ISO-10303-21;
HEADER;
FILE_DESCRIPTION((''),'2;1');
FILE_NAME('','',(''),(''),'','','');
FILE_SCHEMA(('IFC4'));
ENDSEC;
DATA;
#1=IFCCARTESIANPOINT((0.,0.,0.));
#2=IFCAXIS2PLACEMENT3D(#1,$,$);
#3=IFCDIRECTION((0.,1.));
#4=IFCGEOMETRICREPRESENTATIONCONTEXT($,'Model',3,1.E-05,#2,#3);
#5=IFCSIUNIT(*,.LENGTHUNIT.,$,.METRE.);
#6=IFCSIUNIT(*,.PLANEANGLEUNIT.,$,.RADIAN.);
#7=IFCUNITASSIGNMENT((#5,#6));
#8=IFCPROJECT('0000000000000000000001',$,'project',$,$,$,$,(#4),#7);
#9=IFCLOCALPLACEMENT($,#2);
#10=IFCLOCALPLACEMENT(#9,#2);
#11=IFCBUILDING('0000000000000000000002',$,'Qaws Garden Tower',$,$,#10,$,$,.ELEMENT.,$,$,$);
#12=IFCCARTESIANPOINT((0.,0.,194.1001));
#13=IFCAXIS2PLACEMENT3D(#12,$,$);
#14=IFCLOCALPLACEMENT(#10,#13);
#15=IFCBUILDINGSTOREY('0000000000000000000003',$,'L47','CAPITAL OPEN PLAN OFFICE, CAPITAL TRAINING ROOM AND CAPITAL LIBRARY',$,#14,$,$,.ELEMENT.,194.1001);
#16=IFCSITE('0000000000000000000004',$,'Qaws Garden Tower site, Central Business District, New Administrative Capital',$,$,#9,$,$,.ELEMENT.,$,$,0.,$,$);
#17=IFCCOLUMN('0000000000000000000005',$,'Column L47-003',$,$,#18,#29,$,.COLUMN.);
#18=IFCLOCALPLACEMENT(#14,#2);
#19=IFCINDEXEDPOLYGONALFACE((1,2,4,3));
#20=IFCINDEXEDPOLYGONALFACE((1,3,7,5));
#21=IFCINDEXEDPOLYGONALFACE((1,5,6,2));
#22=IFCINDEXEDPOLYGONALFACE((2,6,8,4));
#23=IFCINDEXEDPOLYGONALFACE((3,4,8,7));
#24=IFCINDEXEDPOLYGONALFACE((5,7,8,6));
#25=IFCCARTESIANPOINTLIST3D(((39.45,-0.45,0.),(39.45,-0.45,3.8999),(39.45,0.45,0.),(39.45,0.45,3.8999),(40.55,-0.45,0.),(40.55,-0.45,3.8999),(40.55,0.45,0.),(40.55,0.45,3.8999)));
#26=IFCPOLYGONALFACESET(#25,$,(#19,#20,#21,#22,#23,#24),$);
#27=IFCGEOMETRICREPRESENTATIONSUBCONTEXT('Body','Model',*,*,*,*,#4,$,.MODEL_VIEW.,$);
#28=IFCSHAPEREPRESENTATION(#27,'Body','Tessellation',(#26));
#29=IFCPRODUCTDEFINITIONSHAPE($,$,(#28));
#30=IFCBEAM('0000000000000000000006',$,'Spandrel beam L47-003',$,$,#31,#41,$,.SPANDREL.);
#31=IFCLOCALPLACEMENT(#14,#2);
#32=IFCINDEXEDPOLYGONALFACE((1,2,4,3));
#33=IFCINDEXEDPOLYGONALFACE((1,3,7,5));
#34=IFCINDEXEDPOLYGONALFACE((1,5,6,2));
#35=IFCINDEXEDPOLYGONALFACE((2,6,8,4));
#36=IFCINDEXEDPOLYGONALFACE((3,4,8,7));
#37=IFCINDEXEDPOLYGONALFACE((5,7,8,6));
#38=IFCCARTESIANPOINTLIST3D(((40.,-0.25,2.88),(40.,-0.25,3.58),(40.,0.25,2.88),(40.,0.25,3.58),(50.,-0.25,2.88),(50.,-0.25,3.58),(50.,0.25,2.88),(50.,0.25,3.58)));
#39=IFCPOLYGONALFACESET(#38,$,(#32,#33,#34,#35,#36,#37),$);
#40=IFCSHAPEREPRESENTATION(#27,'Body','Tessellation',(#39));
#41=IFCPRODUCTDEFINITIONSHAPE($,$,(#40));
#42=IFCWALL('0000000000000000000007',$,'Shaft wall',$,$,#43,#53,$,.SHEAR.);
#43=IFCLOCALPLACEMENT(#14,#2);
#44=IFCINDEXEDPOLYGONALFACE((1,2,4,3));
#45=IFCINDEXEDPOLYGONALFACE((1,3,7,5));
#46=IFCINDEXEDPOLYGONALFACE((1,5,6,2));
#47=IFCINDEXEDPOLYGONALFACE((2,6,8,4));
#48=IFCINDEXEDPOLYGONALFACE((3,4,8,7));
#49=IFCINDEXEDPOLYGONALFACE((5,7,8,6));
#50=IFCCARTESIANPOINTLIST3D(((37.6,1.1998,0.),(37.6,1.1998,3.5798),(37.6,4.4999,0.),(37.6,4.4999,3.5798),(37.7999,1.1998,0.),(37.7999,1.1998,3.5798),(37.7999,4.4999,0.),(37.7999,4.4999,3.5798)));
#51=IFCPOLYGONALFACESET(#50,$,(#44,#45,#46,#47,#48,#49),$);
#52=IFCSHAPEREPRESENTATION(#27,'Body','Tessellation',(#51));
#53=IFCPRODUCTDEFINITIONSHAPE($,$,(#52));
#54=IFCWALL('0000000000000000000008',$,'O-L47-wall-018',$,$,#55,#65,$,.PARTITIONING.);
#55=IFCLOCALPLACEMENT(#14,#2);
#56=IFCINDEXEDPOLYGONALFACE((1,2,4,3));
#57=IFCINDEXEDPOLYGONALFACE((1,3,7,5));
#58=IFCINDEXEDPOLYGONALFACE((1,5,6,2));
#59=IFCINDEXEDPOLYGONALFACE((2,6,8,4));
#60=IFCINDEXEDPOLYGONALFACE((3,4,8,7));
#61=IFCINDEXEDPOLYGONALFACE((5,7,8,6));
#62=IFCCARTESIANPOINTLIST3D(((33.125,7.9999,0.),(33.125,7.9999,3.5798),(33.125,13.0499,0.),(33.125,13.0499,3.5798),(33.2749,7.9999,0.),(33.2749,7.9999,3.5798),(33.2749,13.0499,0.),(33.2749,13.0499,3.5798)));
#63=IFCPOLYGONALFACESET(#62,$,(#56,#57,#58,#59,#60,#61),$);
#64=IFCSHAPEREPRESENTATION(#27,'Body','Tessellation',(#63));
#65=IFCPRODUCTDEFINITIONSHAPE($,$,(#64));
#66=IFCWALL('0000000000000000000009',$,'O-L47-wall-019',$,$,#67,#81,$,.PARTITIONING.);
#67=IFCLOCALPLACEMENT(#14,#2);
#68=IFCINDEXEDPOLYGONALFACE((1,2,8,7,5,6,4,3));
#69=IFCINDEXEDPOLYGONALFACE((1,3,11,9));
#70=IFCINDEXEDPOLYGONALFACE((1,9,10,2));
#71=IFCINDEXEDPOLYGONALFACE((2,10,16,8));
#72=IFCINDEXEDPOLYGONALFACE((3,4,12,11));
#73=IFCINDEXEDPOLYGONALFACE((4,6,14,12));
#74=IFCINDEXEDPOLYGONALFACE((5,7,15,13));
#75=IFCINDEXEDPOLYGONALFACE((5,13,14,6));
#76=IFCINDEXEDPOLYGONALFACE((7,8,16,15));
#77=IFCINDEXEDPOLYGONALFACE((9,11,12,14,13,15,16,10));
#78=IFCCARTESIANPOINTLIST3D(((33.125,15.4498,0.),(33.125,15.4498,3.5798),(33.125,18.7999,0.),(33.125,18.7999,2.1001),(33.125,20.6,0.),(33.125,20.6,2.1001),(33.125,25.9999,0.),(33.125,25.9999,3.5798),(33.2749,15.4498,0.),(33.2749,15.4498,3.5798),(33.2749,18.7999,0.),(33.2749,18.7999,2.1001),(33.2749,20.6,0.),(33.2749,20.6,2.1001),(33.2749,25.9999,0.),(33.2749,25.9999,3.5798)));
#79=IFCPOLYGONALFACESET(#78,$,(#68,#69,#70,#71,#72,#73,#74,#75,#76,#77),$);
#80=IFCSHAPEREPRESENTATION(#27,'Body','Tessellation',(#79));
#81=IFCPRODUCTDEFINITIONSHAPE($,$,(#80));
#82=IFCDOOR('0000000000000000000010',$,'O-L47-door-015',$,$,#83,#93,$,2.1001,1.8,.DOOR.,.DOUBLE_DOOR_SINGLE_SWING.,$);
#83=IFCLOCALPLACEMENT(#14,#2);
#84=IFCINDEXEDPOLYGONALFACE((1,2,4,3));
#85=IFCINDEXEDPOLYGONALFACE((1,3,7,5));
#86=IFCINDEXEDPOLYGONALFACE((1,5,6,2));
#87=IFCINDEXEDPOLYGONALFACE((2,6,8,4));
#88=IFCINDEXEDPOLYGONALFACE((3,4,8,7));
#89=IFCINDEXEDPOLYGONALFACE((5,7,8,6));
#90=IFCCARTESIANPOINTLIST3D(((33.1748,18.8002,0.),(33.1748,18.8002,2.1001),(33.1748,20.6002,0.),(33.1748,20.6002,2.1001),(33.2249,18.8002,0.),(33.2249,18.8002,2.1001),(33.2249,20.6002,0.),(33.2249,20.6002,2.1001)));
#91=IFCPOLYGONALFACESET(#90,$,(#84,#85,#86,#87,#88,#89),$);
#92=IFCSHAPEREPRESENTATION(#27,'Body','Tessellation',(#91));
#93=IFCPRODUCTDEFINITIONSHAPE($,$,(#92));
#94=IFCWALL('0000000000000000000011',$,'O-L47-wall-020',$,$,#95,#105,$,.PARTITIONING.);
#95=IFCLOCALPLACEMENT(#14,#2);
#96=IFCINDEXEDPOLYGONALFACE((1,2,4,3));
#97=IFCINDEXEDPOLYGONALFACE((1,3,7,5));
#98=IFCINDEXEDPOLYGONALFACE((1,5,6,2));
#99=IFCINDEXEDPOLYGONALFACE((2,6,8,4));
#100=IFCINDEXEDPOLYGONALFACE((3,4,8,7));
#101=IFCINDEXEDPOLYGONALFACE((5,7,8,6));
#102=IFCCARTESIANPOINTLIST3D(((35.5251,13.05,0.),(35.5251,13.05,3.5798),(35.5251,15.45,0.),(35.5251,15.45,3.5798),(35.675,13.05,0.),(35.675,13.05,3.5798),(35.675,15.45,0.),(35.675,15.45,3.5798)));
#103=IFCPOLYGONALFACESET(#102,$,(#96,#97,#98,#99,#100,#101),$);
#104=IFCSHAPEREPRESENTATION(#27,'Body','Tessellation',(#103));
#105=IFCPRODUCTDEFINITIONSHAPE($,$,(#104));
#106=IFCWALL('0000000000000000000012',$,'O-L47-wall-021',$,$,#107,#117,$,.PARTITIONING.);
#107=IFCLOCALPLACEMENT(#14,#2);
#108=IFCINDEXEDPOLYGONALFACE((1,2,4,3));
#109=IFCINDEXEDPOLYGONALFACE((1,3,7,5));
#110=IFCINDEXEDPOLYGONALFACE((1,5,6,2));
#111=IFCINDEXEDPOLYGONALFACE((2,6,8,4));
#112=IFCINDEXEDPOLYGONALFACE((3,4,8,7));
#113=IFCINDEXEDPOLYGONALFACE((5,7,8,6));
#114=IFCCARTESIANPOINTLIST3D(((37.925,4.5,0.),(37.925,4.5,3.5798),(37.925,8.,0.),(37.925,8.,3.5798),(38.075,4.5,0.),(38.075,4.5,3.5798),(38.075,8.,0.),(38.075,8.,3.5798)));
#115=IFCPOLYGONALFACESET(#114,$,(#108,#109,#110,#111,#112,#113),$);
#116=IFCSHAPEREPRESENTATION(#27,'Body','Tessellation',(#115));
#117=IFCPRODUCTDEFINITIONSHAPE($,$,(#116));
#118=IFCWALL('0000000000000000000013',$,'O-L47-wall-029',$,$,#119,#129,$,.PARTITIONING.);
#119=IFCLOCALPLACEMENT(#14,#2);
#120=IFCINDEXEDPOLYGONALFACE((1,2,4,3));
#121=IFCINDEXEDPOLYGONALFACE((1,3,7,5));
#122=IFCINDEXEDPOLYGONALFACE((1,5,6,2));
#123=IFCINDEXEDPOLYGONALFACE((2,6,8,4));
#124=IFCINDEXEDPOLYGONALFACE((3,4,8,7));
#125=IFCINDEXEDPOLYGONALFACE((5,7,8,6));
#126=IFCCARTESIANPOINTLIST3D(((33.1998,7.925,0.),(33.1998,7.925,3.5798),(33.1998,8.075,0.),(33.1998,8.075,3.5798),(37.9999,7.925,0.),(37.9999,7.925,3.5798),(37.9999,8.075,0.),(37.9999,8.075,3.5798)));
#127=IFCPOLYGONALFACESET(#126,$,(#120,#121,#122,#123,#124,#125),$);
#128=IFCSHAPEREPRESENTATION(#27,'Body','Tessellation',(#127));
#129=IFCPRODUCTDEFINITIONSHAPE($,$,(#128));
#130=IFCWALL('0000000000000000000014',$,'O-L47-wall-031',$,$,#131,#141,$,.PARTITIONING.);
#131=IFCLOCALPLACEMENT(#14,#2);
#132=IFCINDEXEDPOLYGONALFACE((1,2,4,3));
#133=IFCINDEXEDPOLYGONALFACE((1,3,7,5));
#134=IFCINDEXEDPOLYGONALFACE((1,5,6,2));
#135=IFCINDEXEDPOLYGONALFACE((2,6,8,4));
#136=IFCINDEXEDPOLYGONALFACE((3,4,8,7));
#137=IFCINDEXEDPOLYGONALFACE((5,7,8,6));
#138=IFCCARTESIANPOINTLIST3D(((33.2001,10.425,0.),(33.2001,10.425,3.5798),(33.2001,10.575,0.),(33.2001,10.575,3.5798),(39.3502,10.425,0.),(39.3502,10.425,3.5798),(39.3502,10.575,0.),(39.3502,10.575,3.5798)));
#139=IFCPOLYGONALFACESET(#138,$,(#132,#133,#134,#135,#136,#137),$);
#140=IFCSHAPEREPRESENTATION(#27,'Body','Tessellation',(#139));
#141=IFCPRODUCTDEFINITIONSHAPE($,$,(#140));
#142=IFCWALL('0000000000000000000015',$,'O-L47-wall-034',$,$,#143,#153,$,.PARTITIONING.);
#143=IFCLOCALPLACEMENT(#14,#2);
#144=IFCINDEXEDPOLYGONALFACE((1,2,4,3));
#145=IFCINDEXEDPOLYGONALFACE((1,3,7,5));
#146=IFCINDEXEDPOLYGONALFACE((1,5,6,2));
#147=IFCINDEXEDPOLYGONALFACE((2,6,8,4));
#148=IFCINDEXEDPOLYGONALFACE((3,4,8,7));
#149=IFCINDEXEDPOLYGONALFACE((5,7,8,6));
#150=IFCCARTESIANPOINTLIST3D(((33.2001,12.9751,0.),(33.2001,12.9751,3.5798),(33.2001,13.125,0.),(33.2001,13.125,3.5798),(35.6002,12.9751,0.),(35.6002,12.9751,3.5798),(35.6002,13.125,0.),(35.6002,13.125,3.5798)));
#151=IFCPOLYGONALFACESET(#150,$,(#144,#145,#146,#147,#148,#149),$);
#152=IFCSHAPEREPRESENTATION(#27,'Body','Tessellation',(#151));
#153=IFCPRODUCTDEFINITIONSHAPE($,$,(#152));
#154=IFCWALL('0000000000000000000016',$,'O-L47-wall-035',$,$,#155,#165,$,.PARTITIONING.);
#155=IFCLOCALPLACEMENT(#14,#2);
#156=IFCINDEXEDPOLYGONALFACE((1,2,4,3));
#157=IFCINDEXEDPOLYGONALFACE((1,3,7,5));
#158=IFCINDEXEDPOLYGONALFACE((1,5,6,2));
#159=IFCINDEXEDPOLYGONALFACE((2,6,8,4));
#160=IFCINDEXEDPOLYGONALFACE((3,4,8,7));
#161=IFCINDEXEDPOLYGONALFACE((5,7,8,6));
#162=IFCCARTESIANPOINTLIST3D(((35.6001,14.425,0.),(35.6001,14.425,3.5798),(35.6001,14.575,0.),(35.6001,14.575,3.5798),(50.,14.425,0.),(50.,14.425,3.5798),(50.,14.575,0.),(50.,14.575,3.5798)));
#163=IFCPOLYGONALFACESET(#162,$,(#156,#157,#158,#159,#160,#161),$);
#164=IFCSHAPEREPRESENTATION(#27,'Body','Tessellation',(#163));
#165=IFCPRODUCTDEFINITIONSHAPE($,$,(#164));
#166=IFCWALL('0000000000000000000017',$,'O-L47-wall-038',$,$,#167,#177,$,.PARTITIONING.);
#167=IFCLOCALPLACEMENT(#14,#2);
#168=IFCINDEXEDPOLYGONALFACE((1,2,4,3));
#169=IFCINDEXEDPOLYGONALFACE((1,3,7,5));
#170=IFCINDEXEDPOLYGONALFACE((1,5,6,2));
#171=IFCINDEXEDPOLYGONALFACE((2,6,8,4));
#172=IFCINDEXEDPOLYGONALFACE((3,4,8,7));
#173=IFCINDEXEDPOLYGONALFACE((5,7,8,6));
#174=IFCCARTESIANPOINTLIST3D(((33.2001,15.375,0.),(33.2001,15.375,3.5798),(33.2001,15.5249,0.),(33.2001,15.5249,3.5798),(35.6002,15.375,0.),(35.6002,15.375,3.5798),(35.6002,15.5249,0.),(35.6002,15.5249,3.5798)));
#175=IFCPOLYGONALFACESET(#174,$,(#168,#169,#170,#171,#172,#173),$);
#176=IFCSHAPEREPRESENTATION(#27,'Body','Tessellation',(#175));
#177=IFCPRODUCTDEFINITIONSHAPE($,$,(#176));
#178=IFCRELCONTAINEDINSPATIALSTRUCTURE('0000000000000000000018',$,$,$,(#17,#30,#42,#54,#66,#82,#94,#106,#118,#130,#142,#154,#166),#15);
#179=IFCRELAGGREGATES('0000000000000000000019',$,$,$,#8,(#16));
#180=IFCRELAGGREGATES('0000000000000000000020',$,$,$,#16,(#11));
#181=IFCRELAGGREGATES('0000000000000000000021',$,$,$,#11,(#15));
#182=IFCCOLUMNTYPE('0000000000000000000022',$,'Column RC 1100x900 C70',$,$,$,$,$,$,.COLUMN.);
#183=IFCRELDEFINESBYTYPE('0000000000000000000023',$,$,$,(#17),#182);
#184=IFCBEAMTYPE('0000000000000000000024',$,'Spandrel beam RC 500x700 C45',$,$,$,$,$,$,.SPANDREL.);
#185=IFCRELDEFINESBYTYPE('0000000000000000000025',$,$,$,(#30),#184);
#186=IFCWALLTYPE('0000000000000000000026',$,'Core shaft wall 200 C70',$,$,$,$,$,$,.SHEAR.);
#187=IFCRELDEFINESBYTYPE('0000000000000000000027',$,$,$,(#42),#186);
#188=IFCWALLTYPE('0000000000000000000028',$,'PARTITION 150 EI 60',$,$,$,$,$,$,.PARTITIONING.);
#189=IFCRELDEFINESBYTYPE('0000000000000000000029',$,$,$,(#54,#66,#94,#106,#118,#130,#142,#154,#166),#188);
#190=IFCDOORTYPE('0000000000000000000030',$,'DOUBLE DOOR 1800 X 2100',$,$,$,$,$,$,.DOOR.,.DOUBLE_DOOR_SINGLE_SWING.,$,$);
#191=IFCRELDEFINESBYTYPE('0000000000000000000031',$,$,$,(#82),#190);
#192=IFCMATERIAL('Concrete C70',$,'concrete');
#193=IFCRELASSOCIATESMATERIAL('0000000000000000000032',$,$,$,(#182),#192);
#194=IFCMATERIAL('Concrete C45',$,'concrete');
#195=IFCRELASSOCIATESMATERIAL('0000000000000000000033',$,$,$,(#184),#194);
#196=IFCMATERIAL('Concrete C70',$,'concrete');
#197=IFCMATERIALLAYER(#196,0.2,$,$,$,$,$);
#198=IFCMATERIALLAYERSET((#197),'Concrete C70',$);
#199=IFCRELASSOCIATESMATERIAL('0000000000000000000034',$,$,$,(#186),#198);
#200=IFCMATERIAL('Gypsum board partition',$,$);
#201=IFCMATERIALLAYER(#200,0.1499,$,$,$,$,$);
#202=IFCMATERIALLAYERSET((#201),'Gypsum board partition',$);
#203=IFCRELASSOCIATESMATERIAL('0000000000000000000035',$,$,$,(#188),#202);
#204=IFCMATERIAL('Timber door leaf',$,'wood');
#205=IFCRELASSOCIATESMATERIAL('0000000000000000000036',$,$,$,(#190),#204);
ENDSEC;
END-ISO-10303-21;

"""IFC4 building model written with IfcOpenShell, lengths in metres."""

from ifc_helpers import new_model, si_unit, direction, frame, frame_2d, origin, origin_2d, place, context, subcontext, project, spatial, rectangle, extrude, material, layer, layer_set, material_profile, profile_set, type_object, element, fill, save


model = new_model("IFC4")

# Units and contexts
model_context = context("Model", 3, precision=1e-05, world=origin(), true_north=direction((0.0, 1.0)))
body_context = subcontext(model_context, "Body", "Model", "MODEL_VIEW")
ifc_project = project(units=[si_unit("LENGTHUNIT", "METRE"), si_unit("PLANEANGLEUNIT", "RADIAN")], contexts=[model_context])

# Site, building, storey
site_placement = place(None, origin())
site = spatial("IfcSite", under=ifc_project, at=site_placement, Name="Qaws Garden Tower site, Central Business District, New Administrative Capital", CompositionType="ELEMENT", RefElevation=0.0)
building_placement = place(site_placement, origin())
building = spatial("IfcBuilding", under=site, at=building_placement, Name="Qaws Garden Tower", CompositionType="ELEMENT")
storey_placement = place(building_placement, frame((0.0, 0.0, 194.1001)))
storey = spatial("IfcBuildingStorey", under=building, at=storey_placement, Name="L47", Description="CAPITAL OPEN PLAN OFFICE, CAPITAL TRAINING ROOM AND CAPITAL LIBRARY", CompositionType="ELEMENT", Elevation=194.1001)

# Column
ifc_material_1 = material(Name="Concrete C70", Category="concrete")
ifc_material_profile_1 = material_profile(ifc_material_1, rectangle(XDim=1.1001, YDim=0.8999, at=origin_2d()), Name="RC 1100x900")
ifc_profile_set_1 = profile_set([ifc_material_profile_1], Name="Concrete C70")
column_type = type_object("IfcColumnType", Name="Column RC 1100x900 C70", PredefinedType="COLUMN", material=ifc_profile_set_1)
column_placement = place(storey_placement, frame((40.0, 0.0, 0.0), z_axis=(0.0, 0.0, 1.0), x_axis=(1.0, 0.0, 0.0)))
element("IfcColumn", 1, at=column_placement, inside=storey, type_object=column_type, Name="Column L47-003", PredefinedType="COLUMN", context=body_context, shape_type="SweptSolid", body=[
    extrude(rectangle(XDim=1.1001, YDim=0.8999, at=origin_2d()), origin(), (0.0, 0.0, 1.0), 3.8999),
])

# Beam
ifc_material_2 = material(Name="Concrete C45", Category="concrete")
ifc_material_profile_2 = material_profile(ifc_material_2, rectangle(XDim=0.5, YDim=0.7, at=origin_2d()), Name="RC 500x700")
ifc_profile_set_2 = profile_set([ifc_material_profile_2], Name="Concrete C45")
beam_type = type_object("IfcBeamType", Name="Spandrel beam RC 500x700 C45", PredefinedType="SPANDREL", material=ifc_profile_set_2)
beam_placement = place(storey_placement, frame((40.0, 0.0, 3.23), z_axis=(1.0, 0.0, 0.0), x_axis=(0.0, 1.0, 0.0)))
element("IfcBeam", 2, at=beam_placement, inside=storey, type_object=beam_type, Name="Spandrel beam L47-003", PredefinedType="SPANDREL", context=body_context, shape_type="SweptSolid", body=[
    extrude(rectangle(XDim=0.5, YDim=0.7, at=origin_2d()), origin(), (0.0, 0.0, 1.0), 10.0),
])

# Walls
ifc_material_3 = material(Name="Concrete C70", Category="concrete")
ifc_layer_1 = layer(ifc_material_3, 0.2)
ifc_layer_set_1 = layer_set([ifc_layer_1], Name="Concrete C70")
wall_type_1 = type_object("IfcWallType", Name="Core shaft wall 200 C70", PredefinedType="SHEAR", material=ifc_layer_set_1)
wall_1_placement = place(storey_placement, frame((37.7, 1.2, 0.0), z_axis=(0.0, 0.0, 1.0), x_axis=(0.0, 1.0, 0.0)))
element("IfcWall", 3, at=wall_1_placement, inside=storey, type_object=wall_type_1, Name="Shaft wall", PredefinedType="SHEAR", context=body_context, shape_type="SweptSolid", body=[
    extrude(rectangle(XDim=3.3, YDim=0.2, at=frame_2d((1.6499, 0.0))), origin(), (0.0, 0.0, 1.0), 3.5798),
])
ifc_material_4 = material(Name="Gypsum board partition")
ifc_layer_2 = layer(ifc_material_4, 0.1499)
ifc_layer_set_2 = layer_set([ifc_layer_2], Name="Gypsum board partition")
wall_type_2 = type_object("IfcWallType", Name="PARTITION 150 EI 60", PredefinedType="PARTITIONING", material=ifc_layer_set_2)
wall_2_placement = place(storey_placement, frame((33.2, 8.0, 0.0), z_axis=(0.0, 0.0, 1.0), x_axis=(0.0, 1.0, 0.0)))
element("IfcWall", 4, at=wall_2_placement, inside=storey, type_object=wall_type_2, Name="O-L47-wall-018", PredefinedType="PARTITIONING", context=body_context, shape_type="SweptSolid", body=[
    extrude(rectangle(XDim=5.05, YDim=0.1499, at=frame_2d((2.5249, 0.0))), origin(), (0.0, 0.0, 1.0), 3.5798),
])

# Wall, opening, door
wall_3_placement = place(storey_placement, frame((33.2, 15.45, 0.0), z_axis=(0.0, 0.0, 1.0), x_axis=(0.0, 1.0, 0.0)))
wall_3 = element("IfcWall", 5, at=wall_3_placement, inside=storey, type_object=wall_type_2, Name="O-L47-wall-019", PredefinedType="PARTITIONING", context=body_context, shape_type="SweptSolid", body=[
    extrude(rectangle(XDim=10.55, YDim=0.1499, at=frame_2d((5.2749, 0.0))), origin(), (0.0, 0.0, 1.0), 3.5798),
])
opening_placement = place(wall_3_placement, frame((3.3501, 0.0, 0.0)))
opening = element("IfcOpeningElement", 6, at=opening_placement, cuts=wall_3, PredefinedType="OPENING", context=body_context, shape_type="SweptSolid", body=[
    extrude(rectangle(XDim=1.8, YDim=2.1001, at=frame_2d((0.8999, 1.05))), frame((0.0, 0.085, 0.0), z_axis=(0.0, -1.0, 0.0), x_axis=(1.0, 0.0, 0.0)), (0.0, 0.0, 1.0), 0.1699),
])
ifc_material_5 = material(Name="Timber door leaf", Category="wood")
door_type = type_object("IfcDoorType", Name="DOUBLE DOOR 1800 X 2100", OperationType="DOUBLE_DOOR_SINGLE_SWING", PredefinedType="DOOR", material=ifc_material_5)
door_placement = place(opening_placement, frame((1.8, 0.0, 0.0), z_axis=(0.0, 0.0, 1.0), x_axis=(-1.0, 0.0, 0.0)))
door = element("IfcDoor", 7, at=door_placement, inside=storey, type_object=door_type, Name="O-L47-door-015", OperationType="DOUBLE_DOOR_SINGLE_SWING", OverallHeight=2.1001, OverallWidth=1.8, PredefinedType="DOOR", context=body_context, shape_type="SweptSolid", body=[
    extrude(rectangle(XDim=1.8, YDim=2.1001, at=frame_2d((0.8999, 1.05))), frame((0.0, 0.0249, 0.0), z_axis=(0.0, -1.0, 0.0), x_axis=(1.0, 0.0, 0.0)), (0.0, 0.0, 1.0), 0.05),
])
fill(opening, door)

# Walls
wall_4_placement = place(storey_placement, frame((35.6001, 13.05, 0.0), z_axis=(0.0, 0.0, 1.0), x_axis=(0.0, 1.0, 0.0)))
element("IfcWall", 8, at=wall_4_placement, inside=storey, type_object=wall_type_2, Name="O-L47-wall-020", PredefinedType="PARTITIONING", context=body_context, shape_type="SweptSolid", body=[
    extrude(rectangle(XDim=2.3999, YDim=0.1499, at=frame_2d((1.2, 0.0))), origin(), (0.0, 0.0, 1.0), 3.5798),
])
wall_5_placement = place(storey_placement, frame((38.0, 4.5, 0.0), z_axis=(0.0, 0.0, 1.0), x_axis=(0.0, 1.0, 0.0)))
element("IfcWall", 9, at=wall_5_placement, inside=storey, type_object=wall_type_2, Name="O-L47-wall-021", PredefinedType="PARTITIONING", context=body_context, shape_type="SweptSolid", body=[
    extrude(rectangle(XDim=3.5, YDim=0.1499, at=frame_2d((1.75, 0.0))), origin(), (0.0, 0.0, 1.0), 3.5798),
])
wall_6_placement = place(storey_placement, frame((33.2, 8.0, 0.0), z_axis=(0.0, 0.0, 1.0), x_axis=(1.0, 0.0, 0.0)))
element("IfcWall", 10, at=wall_6_placement, inside=storey, type_object=wall_type_2, Name="O-L47-wall-029", PredefinedType="PARTITIONING", context=body_context, shape_type="SweptSolid", body=[
    extrude(rectangle(XDim=4.8, YDim=0.1499, at=frame_2d((2.3999, 0.0))), origin(), (0.0, 0.0, 1.0), 3.5798),
])
wall_7_placement = place(storey_placement, frame((33.2, 10.5, 0.0), z_axis=(0.0, 0.0, 1.0), x_axis=(1.0, 0.0, 0.0)))
element("IfcWall", 11, at=wall_7_placement, inside=storey, type_object=wall_type_2, Name="O-L47-wall-031", PredefinedType="PARTITIONING", context=body_context, shape_type="SweptSolid", body=[
    extrude(rectangle(XDim=6.1501, YDim=0.1499, at=frame_2d((3.0752, 0.0))), origin(), (0.0, 0.0, 1.0), 3.5798),
])
wall_8_placement = place(storey_placement, frame((33.2, 13.05, 0.0), z_axis=(0.0, 0.0, 1.0), x_axis=(1.0, 0.0, 0.0)))
element("IfcWall", 12, at=wall_8_placement, inside=storey, type_object=wall_type_2, Name="O-L47-wall-034", PredefinedType="PARTITIONING", context=body_context, shape_type="SweptSolid", body=[
    extrude(rectangle(XDim=2.4001, YDim=0.1499, at=frame_2d((1.2002, 0.0))), origin(), (0.0, 0.0, 1.0), 3.5798),
])
wall_9_placement = place(storey_placement, frame((35.6001, 14.5, 0.0), z_axis=(0.0, 0.0, 1.0), x_axis=(1.0, 0.0, 0.0)))
element("IfcWall", 13, at=wall_9_placement, inside=storey, type_object=wall_type_2, Name="O-L47-wall-035", PredefinedType="PARTITIONING", context=body_context, shape_type="SweptSolid", body=[
    extrude(rectangle(XDim=14.3999, YDim=0.1499, at=frame_2d((7.2, 0.0))), origin(), (0.0, 0.0, 1.0), 3.5798),
])
wall_10_placement = place(storey_placement, frame((33.2, 15.45, 0.0), z_axis=(0.0, 0.0, 1.0), x_axis=(1.0, 0.0, 0.0)))
element("IfcWall", 14, at=wall_10_placement, inside=storey, type_object=wall_type_2, Name="O-L47-wall-038", PredefinedType="PARTITIONING", context=body_context, shape_type="SweptSolid", body=[
    extrude(rectangle(XDim=2.4001, YDim=0.1499, at=frame_2d((1.2002, 0.0))), origin(), (0.0, 0.0, 1.0), 3.5798),
])

save(model, "model.ifc")
